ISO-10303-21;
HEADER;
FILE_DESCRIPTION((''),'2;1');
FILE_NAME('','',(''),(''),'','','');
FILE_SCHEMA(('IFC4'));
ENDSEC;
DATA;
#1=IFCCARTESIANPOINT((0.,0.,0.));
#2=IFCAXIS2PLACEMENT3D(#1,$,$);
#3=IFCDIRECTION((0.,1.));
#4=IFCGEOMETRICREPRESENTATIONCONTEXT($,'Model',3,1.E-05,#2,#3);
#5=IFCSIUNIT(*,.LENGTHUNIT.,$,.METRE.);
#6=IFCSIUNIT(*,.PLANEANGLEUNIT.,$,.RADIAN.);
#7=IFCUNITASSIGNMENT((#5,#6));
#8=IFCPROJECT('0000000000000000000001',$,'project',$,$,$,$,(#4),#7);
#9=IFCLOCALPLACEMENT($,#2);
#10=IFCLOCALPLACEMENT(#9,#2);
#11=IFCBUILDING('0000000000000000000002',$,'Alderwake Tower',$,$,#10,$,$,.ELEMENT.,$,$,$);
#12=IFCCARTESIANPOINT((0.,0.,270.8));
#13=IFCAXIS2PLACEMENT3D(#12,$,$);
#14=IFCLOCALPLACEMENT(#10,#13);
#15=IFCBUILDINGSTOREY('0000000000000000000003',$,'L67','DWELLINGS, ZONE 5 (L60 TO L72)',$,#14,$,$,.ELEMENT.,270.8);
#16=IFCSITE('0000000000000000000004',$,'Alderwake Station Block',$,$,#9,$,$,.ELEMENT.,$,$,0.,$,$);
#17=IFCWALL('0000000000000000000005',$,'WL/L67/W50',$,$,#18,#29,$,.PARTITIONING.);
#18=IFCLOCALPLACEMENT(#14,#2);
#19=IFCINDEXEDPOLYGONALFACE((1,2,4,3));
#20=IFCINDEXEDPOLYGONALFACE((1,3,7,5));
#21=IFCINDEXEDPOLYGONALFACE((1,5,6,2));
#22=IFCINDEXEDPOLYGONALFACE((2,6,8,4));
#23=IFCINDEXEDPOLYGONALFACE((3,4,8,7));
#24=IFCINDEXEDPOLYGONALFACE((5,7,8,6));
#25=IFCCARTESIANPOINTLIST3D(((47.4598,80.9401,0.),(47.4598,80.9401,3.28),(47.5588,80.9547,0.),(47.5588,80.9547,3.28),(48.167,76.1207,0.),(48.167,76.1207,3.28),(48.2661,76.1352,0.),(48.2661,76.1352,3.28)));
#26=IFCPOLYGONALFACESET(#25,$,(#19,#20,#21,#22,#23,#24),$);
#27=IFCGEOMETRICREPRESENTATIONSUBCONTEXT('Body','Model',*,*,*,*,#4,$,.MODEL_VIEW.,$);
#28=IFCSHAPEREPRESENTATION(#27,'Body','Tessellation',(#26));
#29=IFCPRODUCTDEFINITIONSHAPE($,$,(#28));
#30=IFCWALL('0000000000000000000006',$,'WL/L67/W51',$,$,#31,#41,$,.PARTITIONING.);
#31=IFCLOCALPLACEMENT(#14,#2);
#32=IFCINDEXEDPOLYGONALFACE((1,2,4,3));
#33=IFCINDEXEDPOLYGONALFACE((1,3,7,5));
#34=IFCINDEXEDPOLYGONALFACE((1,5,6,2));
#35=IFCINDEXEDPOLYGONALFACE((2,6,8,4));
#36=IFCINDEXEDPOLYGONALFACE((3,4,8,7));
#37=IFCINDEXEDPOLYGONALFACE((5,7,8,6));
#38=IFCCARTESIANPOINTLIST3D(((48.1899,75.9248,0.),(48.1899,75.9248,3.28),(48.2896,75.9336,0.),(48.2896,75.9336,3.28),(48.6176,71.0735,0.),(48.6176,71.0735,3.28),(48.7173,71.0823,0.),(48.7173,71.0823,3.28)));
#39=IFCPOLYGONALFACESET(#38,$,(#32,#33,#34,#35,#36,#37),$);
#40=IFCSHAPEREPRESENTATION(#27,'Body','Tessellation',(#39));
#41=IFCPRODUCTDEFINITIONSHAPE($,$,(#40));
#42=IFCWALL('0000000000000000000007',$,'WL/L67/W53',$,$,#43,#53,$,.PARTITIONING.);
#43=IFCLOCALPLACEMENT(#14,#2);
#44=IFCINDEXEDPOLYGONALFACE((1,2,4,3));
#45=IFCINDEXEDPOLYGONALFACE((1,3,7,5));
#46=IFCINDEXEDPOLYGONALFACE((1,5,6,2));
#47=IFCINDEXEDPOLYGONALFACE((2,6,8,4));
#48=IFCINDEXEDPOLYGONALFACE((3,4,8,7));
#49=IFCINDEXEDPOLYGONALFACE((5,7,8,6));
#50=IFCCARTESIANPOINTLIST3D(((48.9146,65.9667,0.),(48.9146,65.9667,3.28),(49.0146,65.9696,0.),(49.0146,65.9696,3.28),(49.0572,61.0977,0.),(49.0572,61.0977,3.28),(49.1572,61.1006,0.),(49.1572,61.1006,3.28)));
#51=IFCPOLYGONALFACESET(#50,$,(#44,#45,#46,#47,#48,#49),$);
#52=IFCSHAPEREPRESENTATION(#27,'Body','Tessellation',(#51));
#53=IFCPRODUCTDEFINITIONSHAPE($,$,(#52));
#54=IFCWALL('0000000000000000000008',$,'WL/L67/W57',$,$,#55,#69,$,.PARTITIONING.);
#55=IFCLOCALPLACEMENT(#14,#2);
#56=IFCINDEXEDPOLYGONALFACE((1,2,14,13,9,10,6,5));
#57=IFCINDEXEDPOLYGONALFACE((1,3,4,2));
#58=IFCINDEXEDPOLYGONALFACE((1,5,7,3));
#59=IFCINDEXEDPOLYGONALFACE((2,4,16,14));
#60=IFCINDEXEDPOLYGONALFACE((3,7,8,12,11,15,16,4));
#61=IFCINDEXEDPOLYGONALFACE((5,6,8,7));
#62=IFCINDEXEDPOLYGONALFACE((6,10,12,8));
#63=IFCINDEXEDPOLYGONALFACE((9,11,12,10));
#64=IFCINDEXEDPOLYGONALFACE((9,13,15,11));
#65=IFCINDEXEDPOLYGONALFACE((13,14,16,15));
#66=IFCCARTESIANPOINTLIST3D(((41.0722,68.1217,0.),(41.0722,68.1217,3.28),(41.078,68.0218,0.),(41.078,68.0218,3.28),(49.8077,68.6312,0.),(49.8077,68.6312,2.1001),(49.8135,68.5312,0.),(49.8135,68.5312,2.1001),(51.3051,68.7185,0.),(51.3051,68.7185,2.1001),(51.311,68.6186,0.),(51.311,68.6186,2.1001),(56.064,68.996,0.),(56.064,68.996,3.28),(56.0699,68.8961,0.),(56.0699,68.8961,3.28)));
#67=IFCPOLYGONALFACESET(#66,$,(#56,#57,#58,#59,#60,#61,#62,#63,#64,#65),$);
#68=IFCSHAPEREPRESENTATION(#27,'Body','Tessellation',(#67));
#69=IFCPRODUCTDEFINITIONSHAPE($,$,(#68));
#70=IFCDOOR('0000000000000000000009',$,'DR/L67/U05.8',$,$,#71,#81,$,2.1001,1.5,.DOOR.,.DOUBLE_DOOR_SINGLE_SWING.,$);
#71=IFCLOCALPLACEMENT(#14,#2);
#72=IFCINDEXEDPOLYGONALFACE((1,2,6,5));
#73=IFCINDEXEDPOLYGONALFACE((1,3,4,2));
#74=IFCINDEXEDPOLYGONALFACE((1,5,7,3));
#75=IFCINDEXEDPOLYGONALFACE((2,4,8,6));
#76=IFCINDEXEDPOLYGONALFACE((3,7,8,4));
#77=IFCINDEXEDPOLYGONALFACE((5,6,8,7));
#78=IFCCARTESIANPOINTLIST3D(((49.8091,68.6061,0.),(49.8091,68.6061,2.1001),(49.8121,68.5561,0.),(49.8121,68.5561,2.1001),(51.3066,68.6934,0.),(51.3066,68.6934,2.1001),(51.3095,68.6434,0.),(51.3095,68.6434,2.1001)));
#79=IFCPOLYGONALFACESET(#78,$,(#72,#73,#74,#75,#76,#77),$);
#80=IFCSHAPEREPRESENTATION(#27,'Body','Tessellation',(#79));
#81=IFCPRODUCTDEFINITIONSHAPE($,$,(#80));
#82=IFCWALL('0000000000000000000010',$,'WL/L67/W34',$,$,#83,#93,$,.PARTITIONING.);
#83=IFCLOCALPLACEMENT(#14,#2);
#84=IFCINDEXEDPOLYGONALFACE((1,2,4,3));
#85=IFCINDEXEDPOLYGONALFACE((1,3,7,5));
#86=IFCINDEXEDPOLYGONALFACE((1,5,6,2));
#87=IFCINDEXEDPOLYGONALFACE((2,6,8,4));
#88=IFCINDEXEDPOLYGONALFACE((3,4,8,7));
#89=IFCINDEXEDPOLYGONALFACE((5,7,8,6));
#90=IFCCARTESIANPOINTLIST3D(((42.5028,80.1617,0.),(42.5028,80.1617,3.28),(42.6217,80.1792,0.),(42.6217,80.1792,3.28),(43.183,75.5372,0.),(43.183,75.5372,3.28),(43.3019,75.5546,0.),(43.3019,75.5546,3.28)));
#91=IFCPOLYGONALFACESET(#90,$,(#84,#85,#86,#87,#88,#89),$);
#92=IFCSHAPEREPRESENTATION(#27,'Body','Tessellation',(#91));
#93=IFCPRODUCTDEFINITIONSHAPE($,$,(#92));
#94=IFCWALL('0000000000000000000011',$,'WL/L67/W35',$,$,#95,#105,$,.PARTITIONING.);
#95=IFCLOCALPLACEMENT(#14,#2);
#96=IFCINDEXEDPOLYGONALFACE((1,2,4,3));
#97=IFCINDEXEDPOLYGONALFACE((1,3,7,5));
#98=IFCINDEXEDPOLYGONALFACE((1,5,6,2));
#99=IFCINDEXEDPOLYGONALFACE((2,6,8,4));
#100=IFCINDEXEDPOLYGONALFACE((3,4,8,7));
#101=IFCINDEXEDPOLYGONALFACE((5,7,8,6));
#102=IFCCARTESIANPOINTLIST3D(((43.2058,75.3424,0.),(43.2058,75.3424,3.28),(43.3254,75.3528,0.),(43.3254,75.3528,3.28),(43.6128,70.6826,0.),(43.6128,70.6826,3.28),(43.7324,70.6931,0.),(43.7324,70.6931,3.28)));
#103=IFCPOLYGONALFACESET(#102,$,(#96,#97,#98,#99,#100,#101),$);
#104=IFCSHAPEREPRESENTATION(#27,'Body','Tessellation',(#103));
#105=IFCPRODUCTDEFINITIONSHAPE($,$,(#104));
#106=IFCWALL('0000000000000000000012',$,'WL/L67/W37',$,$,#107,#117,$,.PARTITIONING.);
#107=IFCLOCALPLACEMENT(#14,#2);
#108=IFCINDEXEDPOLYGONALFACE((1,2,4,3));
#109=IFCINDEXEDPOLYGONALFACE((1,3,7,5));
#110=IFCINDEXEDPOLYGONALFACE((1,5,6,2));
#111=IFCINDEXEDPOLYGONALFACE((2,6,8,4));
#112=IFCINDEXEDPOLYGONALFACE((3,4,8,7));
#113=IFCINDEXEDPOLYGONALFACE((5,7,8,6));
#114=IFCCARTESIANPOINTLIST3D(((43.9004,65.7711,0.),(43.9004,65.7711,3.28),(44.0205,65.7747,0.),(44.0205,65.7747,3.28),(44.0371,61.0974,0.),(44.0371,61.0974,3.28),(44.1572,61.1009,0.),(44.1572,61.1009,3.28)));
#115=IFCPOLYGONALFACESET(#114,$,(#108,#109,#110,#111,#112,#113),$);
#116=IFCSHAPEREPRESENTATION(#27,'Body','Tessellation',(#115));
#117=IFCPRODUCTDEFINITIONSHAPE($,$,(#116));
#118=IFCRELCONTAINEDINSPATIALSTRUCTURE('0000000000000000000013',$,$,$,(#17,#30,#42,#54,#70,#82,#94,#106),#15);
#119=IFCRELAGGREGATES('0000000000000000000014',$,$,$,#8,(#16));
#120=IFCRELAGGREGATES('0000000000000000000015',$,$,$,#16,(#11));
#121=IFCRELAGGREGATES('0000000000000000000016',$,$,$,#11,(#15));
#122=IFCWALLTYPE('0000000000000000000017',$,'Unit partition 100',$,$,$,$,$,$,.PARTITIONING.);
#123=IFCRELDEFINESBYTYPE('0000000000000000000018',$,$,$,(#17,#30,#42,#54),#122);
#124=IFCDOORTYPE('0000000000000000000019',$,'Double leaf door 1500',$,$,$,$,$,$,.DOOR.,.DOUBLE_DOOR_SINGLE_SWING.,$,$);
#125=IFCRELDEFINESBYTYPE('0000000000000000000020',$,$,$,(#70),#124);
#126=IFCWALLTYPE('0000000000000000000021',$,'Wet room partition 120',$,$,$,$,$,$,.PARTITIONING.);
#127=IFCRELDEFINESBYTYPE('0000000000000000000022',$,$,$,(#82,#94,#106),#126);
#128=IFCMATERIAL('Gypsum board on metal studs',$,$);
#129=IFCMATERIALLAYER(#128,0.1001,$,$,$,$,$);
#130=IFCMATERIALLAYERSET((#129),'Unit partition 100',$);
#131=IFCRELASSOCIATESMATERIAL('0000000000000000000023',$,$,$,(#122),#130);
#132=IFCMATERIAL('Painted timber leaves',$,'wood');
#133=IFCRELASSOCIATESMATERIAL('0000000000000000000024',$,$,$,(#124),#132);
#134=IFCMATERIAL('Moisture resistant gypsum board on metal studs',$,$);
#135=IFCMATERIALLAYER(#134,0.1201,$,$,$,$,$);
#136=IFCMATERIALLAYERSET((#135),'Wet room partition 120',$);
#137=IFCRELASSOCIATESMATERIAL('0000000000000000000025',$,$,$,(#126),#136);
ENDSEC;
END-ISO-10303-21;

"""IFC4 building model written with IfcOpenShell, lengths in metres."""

from ifc_helpers import new_model, si_unit, direction, frame, frame_2d, origin, place, context, subcontext, project, spatial, rectangle, extrude, material, layer, layer_set, type_object, element, fill, save


model = new_model("IFC4")

# Units and contexts
model_context = context("Model", 3, precision=1e-05, world=origin(), true_north=direction((0.0, 1.0)))
body_context = subcontext(model_context, "Body", "Model", "MODEL_VIEW")
ifc_project = project(units=[si_unit("LENGTHUNIT", "METRE"), si_unit("PLANEANGLEUNIT", "RADIAN")], contexts=[model_context])

# Site, building, storey
site_placement = place(None, origin())
site = spatial("IfcSite", under=ifc_project, at=site_placement, Name="Alderwake Station Block", CompositionType="ELEMENT", RefElevation=0.0)
building_placement = place(site_placement, origin())
building = spatial("IfcBuilding", under=site, at=building_placement, Name="Alderwake Tower", CompositionType="ELEMENT")
storey_placement = place(building_placement, frame((0.0, 0.0, 270.8)))
storey = spatial("IfcBuildingStorey", under=building, at=storey_placement, Name="L67", Description="DWELLINGS, ZONE 5 (L60 TO L72)", CompositionType="ELEMENT", Elevation=270.8)

# Shared definitions
ifc_material_1 = material(Name="Gypsum board on metal studs")
ifc_layer_1 = layer(ifc_material_1, 0.1001)
ifc_layer_set_1 = layer_set([ifc_layer_1], Name="Unit partition 100")
wall_type_1 = type_object("IfcWallType", Name="Unit partition 100", PredefinedType="PARTITIONING", material=ifc_layer_set_1)

# Walls
wall_1_placement = place(storey_placement, frame((48.2166, 76.1279, 0.0), z_axis=(0.0, 0.0, 1.0), x_axis=(-0.145195, 0.989403, 0.0)))
element("IfcWall", 1, at=wall_1_placement, inside=storey, type_object=wall_type_1, Name="WL/L67/W50", PredefinedType="PARTITIONING", context=body_context, shape_type="SweptSolid", body=[
    extrude(rectangle(XDim=4.8711, YDim=0.1001, at=frame_2d((2.4355, 0.0))), origin(), (0.0, 0.0, 1.0), 3.28),
])
wall_2_placement = place(storey_placement, frame((48.6675, 71.0779, 0.0), z_axis=(0.0, 0.0, 1.0), x_axis=(-0.087828, 0.996136, 0.0)))
element("IfcWall", 2, at=wall_2_placement, inside=storey, type_object=wall_type_1, Name="WL/L67/W51", PredefinedType="PARTITIONING", context=body_context, shape_type="SweptSolid", body=[
    extrude(rectangle(XDim=4.8701, YDim=0.1001, at=frame_2d((2.4351, 0.0))), origin(), (0.0, 0.0, 1.0), 3.28),
])
wall_3_placement = place(storey_placement, frame((49.1072, 61.0991, 0.0), z_axis=(0.0, 0.0, 1.0), x_axis=(-0.029271, 0.999572, 0.0)))
element("IfcWall", 3, at=wall_3_placement, inside=storey, type_object=wall_type_1, Name="WL/L67/W53", PredefinedType="PARTITIONING", context=body_context, shape_type="SweptSolid", body=[
    extrude(rectangle(XDim=4.8711, YDim=0.1001, at=frame_2d((2.4355, 0.0))), origin(), (0.0, 0.0, 1.0), 3.28),
])

# Wall, opening, door
wall_4_placement = place(storey_placement, frame((41.075, 68.0718, 0.0), z_axis=(0.0, 0.0, 1.0), x_axis=(0.998304, 0.058217, 0.0)))
wall_4 = element("IfcWall", 4, at=wall_4_placement, inside=storey, type_object=wall_type_1, Name="WL/L67/W57", PredefinedType="PARTITIONING", context=body_context, shape_type="SweptSolid", body=[
    extrude(rectangle(XDim=15.0173, YDim=0.1001, at=frame_2d((7.5088, 0.0))), origin(), (0.0, 0.0, 1.0), 3.28),
])
opening_1_placement = place(wall_4_placement, frame((8.7505, 0.0, 0.0)))
opening_1 = element("IfcOpeningElement", 5, at=opening_1_placement, cuts=wall_4, PredefinedType="OPENING", context=body_context, shape_type="SweptSolid", body=[
    extrude(rectangle(XDim=1.5, YDim=2.1001, at=frame_2d((0.75, 1.05))), frame((0.0, 0.0601, 0.0), z_axis=(0.0, -1.0, 0.0), x_axis=(1.0, 0.0, 0.0)), (0.0, 0.0, 1.0), 0.1201),
])
ifc_material_2 = material(Name="Painted timber leaves", Category="wood")
door_type_1 = type_object("IfcDoorType", Name="Double leaf door 1500", OperationType="DOUBLE_DOOR_SINGLE_SWING", PredefinedType="DOOR", material=ifc_material_2)
door_1_placement = place(opening_1_placement, origin())
door_1 = element("IfcDoor", 6, at=door_1_placement, inside=storey, type_object=door_type_1, Name="DR/L67/U05.8", OperationType="DOUBLE_DOOR_SINGLE_SWING", OverallHeight=2.1001, OverallWidth=1.5, PredefinedType="DOOR", context=body_context, shape_type="SweptSolid", body=[
    extrude(rectangle(XDim=1.5, YDim=2.1001, at=frame_2d((0.75, 1.05))), frame((0.0, 0.0249, 0.0), z_axis=(0.0, -1.0, 0.0), x_axis=(1.0, 0.0, 0.0)), (0.0, 0.0, 1.0), 0.05),
])
fill(opening_1, door_1)

# Walls
ifc_material_3 = material(Name="Moisture resistant gypsum board on metal studs")
ifc_layer_2 = layer(ifc_material_3, 0.1201)
ifc_layer_set_2 = layer_set([ifc_layer_2], Name="Wet room partition 120")
wall_type_2 = type_object("IfcWallType", Name="Wet room partition 120", PredefinedType="PARTITIONING", material=ifc_layer_set_2)
wall_5_placement = place(storey_placement, frame((43.2424, 75.5459, 0.0), z_axis=(0.0, 0.0, 1.0), x_axis=(-0.145515, 0.989356, 0.0)))
element("IfcWall", 7, at=wall_5_placement, inside=storey, type_object=wall_type_2, Name="WL/L67/W34", PredefinedType="PARTITIONING", context=body_context, shape_type="SweptSolid", body=[
    extrude(rectangle(XDim=4.6743, YDim=0.1201, at=frame_2d((2.3372, 0.0))), origin(), (0.0, 0.0, 1.0), 3.28),
])
wall_6_placement = place(storey_placement, frame((43.6726, 70.6877, 0.0), z_axis=(0.0, 0.0, 1.0), x_axis=(-0.08701, 0.996207, 0.0)))
element("IfcWall", 8, at=wall_6_placement, inside=storey, type_object=wall_type_2, Name="WL/L67/W35", PredefinedType="PARTITIONING", context=body_context, shape_type="SweptSolid", body=[
    extrude(rectangle(XDim=4.6775, YDim=0.1201, at=frame_2d((2.3389, 0.0))), origin(), (0.0, 0.0, 1.0), 3.28),
])
wall_7_placement = place(storey_placement, frame((44.0972, 61.0991, 0.0), z_axis=(0.0, 0.0, 1.0), x_axis=(-0.029239, 0.999572, 0.0)))
element("IfcWall", 9, at=wall_7_placement, inside=storey, type_object=wall_type_2, Name="WL/L67/W37", PredefinedType="PARTITIONING", context=body_context, shape_type="SweptSolid", body=[
    extrude(rectangle(XDim=4.6758, YDim=0.1201, at=frame_2d((2.3379, 0.0))), origin(), (0.0, 0.0, 1.0), 3.28),
])

save(model, "model.ifc")
